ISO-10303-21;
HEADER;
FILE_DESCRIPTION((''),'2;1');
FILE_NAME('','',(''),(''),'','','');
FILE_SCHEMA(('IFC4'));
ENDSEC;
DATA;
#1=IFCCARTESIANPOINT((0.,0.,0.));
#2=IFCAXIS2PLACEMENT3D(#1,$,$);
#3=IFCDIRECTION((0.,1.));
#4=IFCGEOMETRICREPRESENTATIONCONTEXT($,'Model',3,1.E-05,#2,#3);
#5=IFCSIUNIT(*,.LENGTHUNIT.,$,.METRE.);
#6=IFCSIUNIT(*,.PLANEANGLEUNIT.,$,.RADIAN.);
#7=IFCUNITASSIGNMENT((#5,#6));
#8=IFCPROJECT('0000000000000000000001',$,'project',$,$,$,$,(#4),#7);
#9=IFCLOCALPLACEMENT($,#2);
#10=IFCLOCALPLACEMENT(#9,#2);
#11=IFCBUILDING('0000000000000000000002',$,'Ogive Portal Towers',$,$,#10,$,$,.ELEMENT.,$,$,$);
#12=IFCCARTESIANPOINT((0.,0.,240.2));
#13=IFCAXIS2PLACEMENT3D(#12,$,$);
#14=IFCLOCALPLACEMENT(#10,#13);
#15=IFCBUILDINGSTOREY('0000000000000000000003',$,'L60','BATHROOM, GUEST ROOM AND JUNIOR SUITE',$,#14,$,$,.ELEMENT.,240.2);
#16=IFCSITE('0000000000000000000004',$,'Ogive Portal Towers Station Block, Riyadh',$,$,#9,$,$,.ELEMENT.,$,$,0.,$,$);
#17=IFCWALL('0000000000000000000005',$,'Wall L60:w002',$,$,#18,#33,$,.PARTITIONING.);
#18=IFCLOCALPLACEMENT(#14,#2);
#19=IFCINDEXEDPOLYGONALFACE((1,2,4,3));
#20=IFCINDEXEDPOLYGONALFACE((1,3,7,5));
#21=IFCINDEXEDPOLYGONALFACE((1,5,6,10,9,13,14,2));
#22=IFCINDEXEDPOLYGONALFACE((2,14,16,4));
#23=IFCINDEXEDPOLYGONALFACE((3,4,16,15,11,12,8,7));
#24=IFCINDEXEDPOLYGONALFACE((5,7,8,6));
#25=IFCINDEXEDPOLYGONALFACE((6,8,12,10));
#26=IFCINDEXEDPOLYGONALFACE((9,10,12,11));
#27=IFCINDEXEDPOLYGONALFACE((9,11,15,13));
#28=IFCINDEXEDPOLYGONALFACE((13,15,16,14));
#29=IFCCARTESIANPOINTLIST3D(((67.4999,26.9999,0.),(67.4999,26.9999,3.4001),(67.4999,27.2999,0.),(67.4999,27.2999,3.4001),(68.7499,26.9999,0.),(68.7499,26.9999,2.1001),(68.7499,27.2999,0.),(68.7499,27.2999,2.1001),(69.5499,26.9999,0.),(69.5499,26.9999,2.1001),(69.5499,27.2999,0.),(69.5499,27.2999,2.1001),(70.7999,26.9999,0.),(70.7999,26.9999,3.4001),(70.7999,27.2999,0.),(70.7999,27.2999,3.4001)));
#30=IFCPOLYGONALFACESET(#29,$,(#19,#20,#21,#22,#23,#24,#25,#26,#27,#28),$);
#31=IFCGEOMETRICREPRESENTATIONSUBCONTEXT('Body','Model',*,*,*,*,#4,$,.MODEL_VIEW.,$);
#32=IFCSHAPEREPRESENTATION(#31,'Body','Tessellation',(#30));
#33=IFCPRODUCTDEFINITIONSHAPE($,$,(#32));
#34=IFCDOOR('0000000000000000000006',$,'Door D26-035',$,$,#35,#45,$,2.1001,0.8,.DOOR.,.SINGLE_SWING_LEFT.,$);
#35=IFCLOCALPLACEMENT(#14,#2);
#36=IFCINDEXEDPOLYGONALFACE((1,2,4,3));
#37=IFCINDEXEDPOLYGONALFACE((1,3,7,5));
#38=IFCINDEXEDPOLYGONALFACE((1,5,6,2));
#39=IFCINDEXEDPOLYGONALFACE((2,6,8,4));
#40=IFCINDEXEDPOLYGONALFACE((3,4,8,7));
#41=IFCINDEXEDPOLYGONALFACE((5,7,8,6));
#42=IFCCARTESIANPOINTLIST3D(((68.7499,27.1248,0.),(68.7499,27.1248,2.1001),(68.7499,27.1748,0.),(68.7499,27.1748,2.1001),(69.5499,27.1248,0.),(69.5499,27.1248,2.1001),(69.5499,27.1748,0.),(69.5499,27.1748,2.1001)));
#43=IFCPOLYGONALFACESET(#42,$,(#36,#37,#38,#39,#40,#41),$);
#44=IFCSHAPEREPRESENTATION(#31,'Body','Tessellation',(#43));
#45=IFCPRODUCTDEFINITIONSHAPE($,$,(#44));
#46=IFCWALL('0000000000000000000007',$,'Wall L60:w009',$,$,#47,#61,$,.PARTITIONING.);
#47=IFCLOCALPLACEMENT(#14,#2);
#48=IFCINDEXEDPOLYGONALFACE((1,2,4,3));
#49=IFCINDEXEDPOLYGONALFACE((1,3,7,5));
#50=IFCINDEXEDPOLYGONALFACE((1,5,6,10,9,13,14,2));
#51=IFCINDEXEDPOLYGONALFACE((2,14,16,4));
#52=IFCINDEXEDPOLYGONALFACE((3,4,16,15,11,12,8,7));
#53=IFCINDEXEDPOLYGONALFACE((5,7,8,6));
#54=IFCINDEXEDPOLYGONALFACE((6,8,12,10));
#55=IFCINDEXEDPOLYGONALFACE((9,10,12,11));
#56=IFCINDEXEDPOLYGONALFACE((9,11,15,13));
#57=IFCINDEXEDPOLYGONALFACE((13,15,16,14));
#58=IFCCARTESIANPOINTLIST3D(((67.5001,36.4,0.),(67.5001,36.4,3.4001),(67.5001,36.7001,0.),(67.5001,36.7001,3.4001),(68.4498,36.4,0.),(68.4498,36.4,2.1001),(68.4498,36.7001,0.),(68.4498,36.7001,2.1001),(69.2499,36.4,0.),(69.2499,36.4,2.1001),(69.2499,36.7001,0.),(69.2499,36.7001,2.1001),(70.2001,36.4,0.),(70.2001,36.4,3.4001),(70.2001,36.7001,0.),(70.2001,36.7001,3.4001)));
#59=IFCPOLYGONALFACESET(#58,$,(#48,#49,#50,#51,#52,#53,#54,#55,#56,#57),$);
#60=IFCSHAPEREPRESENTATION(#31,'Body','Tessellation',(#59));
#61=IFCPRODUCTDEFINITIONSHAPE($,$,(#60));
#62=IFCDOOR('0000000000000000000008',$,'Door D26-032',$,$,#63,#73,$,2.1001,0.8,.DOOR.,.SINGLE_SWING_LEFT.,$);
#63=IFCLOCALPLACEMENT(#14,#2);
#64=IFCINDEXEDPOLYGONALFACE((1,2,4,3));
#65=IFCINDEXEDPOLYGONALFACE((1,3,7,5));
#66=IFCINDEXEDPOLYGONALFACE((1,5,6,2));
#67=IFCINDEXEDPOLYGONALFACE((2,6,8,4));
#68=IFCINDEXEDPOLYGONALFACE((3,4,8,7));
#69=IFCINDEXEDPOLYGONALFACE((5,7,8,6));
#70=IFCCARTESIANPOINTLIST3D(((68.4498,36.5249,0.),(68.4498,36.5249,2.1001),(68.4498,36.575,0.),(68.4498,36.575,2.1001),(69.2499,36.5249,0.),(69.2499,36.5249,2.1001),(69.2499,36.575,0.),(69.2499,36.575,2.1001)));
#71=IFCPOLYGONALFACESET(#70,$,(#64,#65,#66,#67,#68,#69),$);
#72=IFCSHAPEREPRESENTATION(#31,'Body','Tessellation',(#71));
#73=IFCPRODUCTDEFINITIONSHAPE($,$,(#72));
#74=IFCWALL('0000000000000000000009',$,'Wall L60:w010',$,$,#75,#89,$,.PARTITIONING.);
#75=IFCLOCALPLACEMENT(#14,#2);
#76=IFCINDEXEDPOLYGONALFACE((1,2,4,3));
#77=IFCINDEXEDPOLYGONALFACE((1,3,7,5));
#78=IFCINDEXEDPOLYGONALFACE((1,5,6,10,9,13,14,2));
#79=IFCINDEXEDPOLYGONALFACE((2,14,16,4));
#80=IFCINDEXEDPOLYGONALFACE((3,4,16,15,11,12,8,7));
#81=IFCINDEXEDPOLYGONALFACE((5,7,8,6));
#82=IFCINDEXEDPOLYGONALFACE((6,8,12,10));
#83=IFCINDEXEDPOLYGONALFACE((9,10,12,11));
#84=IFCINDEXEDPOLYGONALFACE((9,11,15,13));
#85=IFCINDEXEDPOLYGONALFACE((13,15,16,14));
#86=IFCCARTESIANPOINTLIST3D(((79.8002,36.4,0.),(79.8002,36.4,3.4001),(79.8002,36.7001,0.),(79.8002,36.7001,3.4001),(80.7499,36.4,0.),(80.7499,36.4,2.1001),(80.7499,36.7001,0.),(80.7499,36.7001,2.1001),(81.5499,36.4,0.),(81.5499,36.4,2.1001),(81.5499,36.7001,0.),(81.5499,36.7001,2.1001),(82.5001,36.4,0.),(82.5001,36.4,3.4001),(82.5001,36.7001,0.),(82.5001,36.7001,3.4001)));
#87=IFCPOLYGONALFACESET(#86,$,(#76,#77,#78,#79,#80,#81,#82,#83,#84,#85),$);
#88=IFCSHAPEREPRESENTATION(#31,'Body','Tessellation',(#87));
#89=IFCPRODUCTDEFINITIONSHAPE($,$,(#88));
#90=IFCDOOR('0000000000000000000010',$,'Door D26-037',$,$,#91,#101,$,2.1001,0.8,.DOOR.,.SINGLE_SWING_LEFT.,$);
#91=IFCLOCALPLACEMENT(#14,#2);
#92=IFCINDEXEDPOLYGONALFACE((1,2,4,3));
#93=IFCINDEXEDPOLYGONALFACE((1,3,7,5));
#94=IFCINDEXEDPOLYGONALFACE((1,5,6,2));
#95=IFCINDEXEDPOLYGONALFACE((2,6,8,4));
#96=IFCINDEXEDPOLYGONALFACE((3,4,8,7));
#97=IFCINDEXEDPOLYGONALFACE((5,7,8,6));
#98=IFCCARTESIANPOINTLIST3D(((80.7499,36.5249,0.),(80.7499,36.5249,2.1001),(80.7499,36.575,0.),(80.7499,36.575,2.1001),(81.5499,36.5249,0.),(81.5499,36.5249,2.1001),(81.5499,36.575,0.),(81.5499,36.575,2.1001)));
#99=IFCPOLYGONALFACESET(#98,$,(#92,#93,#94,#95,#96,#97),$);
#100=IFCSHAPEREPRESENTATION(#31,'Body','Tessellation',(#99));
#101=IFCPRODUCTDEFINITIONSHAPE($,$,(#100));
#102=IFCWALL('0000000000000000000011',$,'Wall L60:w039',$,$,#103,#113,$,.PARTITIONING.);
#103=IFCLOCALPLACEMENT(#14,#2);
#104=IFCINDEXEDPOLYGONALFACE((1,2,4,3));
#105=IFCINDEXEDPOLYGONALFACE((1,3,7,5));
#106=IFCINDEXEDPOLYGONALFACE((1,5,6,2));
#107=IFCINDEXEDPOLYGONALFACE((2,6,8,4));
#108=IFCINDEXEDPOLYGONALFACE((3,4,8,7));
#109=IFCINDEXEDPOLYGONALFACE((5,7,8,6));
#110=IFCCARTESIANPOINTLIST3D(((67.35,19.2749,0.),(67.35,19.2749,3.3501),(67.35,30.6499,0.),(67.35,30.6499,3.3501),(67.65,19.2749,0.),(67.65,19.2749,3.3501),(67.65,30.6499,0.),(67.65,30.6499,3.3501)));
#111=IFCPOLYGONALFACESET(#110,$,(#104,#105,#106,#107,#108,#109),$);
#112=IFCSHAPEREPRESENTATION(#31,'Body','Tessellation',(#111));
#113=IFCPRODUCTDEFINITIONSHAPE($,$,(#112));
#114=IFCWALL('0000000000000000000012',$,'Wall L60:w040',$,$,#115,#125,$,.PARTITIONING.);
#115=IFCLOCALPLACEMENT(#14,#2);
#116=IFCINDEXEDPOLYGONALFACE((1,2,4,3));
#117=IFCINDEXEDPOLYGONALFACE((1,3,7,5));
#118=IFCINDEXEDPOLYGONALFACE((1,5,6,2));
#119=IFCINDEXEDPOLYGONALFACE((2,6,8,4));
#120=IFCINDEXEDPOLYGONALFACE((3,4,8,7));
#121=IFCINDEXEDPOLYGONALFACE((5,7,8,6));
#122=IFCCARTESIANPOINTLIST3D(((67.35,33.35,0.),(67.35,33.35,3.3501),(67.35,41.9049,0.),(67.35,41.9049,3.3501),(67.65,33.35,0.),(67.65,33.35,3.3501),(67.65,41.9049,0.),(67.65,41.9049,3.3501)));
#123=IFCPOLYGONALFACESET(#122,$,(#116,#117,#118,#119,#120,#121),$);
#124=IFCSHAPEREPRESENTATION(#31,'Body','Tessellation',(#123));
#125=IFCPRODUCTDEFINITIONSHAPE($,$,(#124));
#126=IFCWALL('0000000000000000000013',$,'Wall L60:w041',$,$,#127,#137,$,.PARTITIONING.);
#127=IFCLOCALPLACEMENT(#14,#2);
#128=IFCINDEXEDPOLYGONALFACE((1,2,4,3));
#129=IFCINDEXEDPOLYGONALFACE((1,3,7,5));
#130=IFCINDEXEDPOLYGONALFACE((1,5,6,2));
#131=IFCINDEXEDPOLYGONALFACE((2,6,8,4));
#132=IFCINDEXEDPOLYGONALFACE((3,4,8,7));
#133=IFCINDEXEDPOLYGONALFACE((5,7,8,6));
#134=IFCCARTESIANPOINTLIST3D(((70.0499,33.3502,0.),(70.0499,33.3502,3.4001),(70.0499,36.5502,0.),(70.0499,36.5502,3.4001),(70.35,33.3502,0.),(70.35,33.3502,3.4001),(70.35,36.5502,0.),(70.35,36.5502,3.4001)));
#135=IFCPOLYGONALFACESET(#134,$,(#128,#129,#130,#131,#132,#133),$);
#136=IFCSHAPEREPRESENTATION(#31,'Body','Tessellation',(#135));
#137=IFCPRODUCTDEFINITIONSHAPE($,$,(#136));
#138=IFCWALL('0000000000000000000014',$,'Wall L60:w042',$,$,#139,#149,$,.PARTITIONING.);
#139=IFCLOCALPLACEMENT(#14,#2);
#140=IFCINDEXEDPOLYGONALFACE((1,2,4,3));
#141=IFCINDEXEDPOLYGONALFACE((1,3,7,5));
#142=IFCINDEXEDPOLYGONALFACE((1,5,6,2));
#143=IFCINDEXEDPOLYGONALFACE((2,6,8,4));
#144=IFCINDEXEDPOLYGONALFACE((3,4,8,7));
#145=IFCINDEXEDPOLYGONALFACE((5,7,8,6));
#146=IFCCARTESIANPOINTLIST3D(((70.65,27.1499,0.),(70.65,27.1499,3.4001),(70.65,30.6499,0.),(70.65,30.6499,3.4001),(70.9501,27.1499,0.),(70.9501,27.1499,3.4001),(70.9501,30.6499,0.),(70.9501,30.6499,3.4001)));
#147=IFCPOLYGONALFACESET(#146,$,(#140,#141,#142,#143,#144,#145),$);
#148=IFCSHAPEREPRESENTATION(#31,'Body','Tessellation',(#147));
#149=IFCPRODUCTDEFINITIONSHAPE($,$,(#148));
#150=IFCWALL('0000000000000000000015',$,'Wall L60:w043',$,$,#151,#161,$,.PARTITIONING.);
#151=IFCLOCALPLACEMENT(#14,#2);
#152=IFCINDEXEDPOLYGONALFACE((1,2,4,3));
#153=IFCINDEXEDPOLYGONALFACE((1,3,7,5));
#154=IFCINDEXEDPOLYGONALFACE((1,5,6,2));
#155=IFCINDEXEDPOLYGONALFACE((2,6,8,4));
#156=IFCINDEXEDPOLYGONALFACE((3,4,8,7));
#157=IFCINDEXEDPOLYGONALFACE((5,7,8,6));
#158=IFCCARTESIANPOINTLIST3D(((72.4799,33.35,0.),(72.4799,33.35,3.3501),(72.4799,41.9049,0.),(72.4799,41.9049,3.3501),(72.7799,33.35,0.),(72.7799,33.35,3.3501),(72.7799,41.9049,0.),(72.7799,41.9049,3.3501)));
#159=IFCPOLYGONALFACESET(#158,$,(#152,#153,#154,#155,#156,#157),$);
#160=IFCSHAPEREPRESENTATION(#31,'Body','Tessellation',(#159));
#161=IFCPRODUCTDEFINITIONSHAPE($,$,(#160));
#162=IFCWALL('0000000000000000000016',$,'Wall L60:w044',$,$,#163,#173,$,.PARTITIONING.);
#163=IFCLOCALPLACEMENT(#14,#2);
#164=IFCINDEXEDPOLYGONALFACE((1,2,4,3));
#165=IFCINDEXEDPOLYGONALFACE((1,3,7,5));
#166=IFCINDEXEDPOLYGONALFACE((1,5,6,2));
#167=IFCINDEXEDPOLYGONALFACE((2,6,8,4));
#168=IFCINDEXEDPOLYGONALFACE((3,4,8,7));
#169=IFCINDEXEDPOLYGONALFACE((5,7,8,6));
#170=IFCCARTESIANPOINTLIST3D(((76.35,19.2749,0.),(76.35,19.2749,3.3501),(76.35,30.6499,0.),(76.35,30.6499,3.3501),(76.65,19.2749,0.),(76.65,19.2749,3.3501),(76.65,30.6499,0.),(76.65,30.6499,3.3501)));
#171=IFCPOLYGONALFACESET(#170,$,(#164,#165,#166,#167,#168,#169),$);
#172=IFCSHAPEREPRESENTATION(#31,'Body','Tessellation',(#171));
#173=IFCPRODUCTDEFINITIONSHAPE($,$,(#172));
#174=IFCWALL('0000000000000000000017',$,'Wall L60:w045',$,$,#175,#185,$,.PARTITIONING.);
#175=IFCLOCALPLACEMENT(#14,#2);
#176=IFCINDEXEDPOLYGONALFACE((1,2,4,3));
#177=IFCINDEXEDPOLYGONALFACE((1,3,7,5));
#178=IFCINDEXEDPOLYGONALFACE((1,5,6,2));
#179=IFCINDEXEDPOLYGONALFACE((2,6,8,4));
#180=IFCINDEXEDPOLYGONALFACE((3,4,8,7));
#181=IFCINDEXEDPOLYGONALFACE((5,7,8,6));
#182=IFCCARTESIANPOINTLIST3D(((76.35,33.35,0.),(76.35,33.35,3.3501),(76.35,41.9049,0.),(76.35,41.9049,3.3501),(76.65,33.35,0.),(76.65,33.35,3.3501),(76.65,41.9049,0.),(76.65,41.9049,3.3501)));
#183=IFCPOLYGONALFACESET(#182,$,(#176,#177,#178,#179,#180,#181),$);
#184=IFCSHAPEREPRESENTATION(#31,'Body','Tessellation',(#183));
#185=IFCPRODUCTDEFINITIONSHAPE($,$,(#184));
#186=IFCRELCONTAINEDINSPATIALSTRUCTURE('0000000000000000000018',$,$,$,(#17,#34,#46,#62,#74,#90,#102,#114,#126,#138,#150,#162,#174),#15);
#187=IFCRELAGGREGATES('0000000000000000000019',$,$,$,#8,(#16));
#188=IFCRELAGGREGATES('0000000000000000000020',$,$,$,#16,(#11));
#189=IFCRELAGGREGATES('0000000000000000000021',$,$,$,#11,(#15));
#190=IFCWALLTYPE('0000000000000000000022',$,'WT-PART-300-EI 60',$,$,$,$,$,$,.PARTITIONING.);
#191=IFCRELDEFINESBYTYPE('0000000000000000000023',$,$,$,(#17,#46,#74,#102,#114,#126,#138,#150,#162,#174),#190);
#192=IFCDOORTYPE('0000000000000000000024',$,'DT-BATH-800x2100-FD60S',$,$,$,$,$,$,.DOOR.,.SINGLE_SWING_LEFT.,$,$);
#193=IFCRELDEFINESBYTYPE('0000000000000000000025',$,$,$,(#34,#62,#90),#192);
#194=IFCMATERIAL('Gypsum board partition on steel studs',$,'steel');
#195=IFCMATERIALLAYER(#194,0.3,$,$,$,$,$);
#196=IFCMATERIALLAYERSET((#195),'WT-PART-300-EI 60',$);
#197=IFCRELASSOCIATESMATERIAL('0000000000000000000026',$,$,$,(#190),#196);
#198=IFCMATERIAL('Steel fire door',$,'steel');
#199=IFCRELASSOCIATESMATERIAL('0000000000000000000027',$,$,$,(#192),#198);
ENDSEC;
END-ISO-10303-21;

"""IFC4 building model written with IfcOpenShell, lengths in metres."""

from ifc_helpers import new_model, si_unit, direction, frame, frame_2d, origin, place, context, subcontext, project, spatial, rectangle, extrude, material, layer, layer_set, type_object, element, fill, save


model = new_model("IFC4")

# Units and contexts
model_context = context("Model", 3, precision=1e-05, world=origin(), true_north=direction((0.0, 1.0)))
body_context = subcontext(model_context, "Body", "Model", "MODEL_VIEW")
ifc_project = project(units=[si_unit("LENGTHUNIT", "METRE"), si_unit("PLANEANGLEUNIT", "RADIAN")], contexts=[model_context])

# Site, building, storey
site_placement = place(None, origin())
site = spatial("IfcSite", under=ifc_project, at=site_placement, Name="Ogive Portal Towers Station Block, Riyadh", CompositionType="ELEMENT", RefElevation=0.0)
building_placement = place(site_placement, origin())
building = spatial("IfcBuilding", under=site, at=building_placement, Name="Ogive Portal Towers", CompositionType="ELEMENT")
storey_placement = place(building_placement, frame((0.0, 0.0, 240.2)))
storey = spatial("IfcBuildingStorey", under=building, at=storey_placement, Name="L60", Description="BATHROOM, GUEST ROOM AND JUNIOR SUITE", CompositionType="ELEMENT", Elevation=240.2)

# Walls, openings, doors
ifc_material_1 = material(Name="Gypsum board partition on steel studs", Category="steel")
ifc_layer_1 = layer(ifc_material_1, 0.3)
ifc_layer_set_1 = layer_set([ifc_layer_1], Name="WT-PART-300-EI 60")
wall_type = type_object("IfcWallType", Name="WT-PART-300-EI 60", PredefinedType="PARTITIONING", material=ifc_layer_set_1)
wall_1_placement = place(storey_placement, frame((67.5, 27.1499, 0.0), z_axis=(0.0, 0.0, 1.0), x_axis=(1.0, 0.0, 0.0)))
wall_1 = element("IfcWall", 1, at=wall_1_placement, inside=storey, type_object=wall_type, Name="Wall L60:w002", PredefinedType="PARTITIONING", context=body_context, shape_type="SweptSolid", body=[
    extrude(rectangle(XDim=3.3, YDim=0.3, at=frame_2d((1.6499, 0.0))), origin(), (0.0, 0.0, 1.0), 3.4001),
])
opening_1_placement = place(wall_1_placement, frame((1.25, 0.0, 0.0)))
opening_1 = element("IfcOpeningElement", 2, at=opening_1_placement, cuts=wall_1, PredefinedType="OPENING", context=body_context, shape_type="SweptSolid", body=[
    extrude(rectangle(XDim=0.8, YDim=2.1001, at=frame_2d((0.3999, 1.05))), frame((0.0, 0.1602, 0.0), z_axis=(0.0, -1.0, 0.0), x_axis=(1.0, 0.0, 0.0)), (0.0, 0.0, 1.0), 0.3201),
])
ifc_material_2 = material(Name="Steel fire door", Category="steel")
door_type = type_object("IfcDoorType", Name="DT-BATH-800x2100-FD60S", OperationType="SINGLE_SWING_LEFT", PredefinedType="DOOR", material=ifc_material_2)
door_1_placement = place(opening_1_placement, origin())
door_1 = element("IfcDoor", 3, at=door_1_placement, inside=storey, type_object=door_type, Name="Door D26-035", OperationType="SINGLE_SWING_LEFT", OverallHeight=2.1001, OverallWidth=0.8, PredefinedType="DOOR", context=body_context, shape_type="SweptSolid", body=[
    extrude(rectangle(XDim=0.8, YDim=2.1001, at=frame_2d((0.3999, 1.05))), frame((0.0, 0.0249, 0.0), z_axis=(0.0, -1.0, 0.0), x_axis=(1.0, 0.0, 0.0)), (0.0, 0.0, 1.0), 0.05),
])
fill(opening_1, door_1)
wall_2_placement = place(storey_placement, frame((67.5, 36.55, 0.0), z_axis=(0.0, 0.0, 1.0), x_axis=(1.0, 0.0, 0.0)))
wall_2 = element("IfcWall", 4, at=wall_2_placement, inside=storey, type_object=wall_type, Name="Wall L60:w009", PredefinedType="PARTITIONING", context=body_context, shape_type="SweptSolid", body=[
    extrude(rectangle(XDim=2.7, YDim=0.3, at=frame_2d((1.3501, 0.0))), origin(), (0.0, 0.0, 1.0), 3.4001),
])
opening_2_placement = place(wall_2_placement, frame((0.95, 0.0, 0.0)))
opening_2 = element("IfcOpeningElement", 5, at=opening_2_placement, cuts=wall_2, PredefinedType="OPENING", context=body_context, shape_type="SweptSolid", body=[
    extrude(rectangle(XDim=0.8, YDim=2.1001, at=frame_2d((0.3999, 1.05))), frame((0.0, 0.1602, 0.0), z_axis=(0.0, -1.0, 0.0), x_axis=(1.0, 0.0, 0.0)), (0.0, 0.0, 1.0), 0.3201),
])
door_2_placement = place(opening_2_placement, origin())
door_2 = element("IfcDoor", 6, at=door_2_placement, inside=storey, type_object=door_type, Name="Door D26-032", OperationType="SINGLE_SWING_LEFT", OverallHeight=2.1001, OverallWidth=0.8, PredefinedType="DOOR", context=body_context, shape_type="SweptSolid", body=[
    extrude(rectangle(XDim=0.8, YDim=2.1001, at=frame_2d((0.3999, 1.05))), frame((0.0, 0.0249, 0.0), z_axis=(0.0, -1.0, 0.0), x_axis=(1.0, 0.0, 0.0)), (0.0, 0.0, 1.0), 0.05),
])
fill(opening_2, door_2)
wall_3_placement = place(storey_placement, frame((79.8, 36.55, 0.0), z_axis=(0.0, 0.0, 1.0), x_axis=(1.0, 0.0, 0.0)))
wall_3 = element("IfcWall", 7, at=wall_3_placement, inside=storey, type_object=wall_type, Name="Wall L60:w010", PredefinedType="PARTITIONING", context=body_context, shape_type="SweptSolid", body=[
    extrude(rectangle(XDim=2.7, YDim=0.3, at=frame_2d((1.3501, 0.0))), origin(), (0.0, 0.0, 1.0), 3.4001),
])
opening_3_placement = place(wall_3_placement, frame((0.95, 0.0, 0.0)))
opening_3 = element("IfcOpeningElement", 8, at=opening_3_placement, cuts=wall_3, PredefinedType="OPENING", context=body_context, shape_type="SweptSolid", body=[
    extrude(rectangle(XDim=0.8, YDim=2.1001, at=frame_2d((0.3999, 1.05))), frame((0.0, 0.1602, 0.0), z_axis=(0.0, -1.0, 0.0), x_axis=(1.0, 0.0, 0.0)), (0.0, 0.0, 1.0), 0.3201),
])
door_3_placement = place(opening_3_placement, origin())
door_3 = element("IfcDoor", 9, at=door_3_placement, inside=storey, type_object=door_type, Name="Door D26-037", OperationType="SINGLE_SWING_LEFT", OverallHeight=2.1001, OverallWidth=0.8, PredefinedType="DOOR", context=body_context, shape_type="SweptSolid", body=[
    extrude(rectangle(XDim=0.8, YDim=2.1001, at=frame_2d((0.3999, 1.05))), frame((0.0, 0.0249, 0.0), z_axis=(0.0, -1.0, 0.0), x_axis=(1.0, 0.0, 0.0)), (0.0, 0.0, 1.0), 0.05),
])
fill(opening_3, door_3)

# Walls
wall_4_placement = place(storey_placement, frame((67.5, 19.2749, 0.0), z_axis=(0.0, 0.0, 1.0), x_axis=(0.0, 1.0, 0.0)))
element("IfcWall", 10, at=wall_4_placement, inside=storey, type_object=wall_type, Name="Wall L60:w039", PredefinedType="PARTITIONING", context=body_context, shape_type="SweptSolid", body=[
    extrude(rectangle(XDim=11.375, YDim=0.3, at=frame_2d((5.6875, 0.0))), origin(), (0.0, 0.0, 1.0), 3.3501),
])
wall_5_placement = place(storey_placement, frame((67.5, 33.3501, 0.0), z_axis=(0.0, 0.0, 1.0), x_axis=(0.0, 1.0, 0.0)))
element("IfcWall", 11, at=wall_5_placement, inside=storey, type_object=wall_type, Name="Wall L60:w040", PredefinedType="PARTITIONING", context=body_context, shape_type="SweptSolid", body=[
    extrude(rectangle(XDim=8.5549, YDim=0.3, at=frame_2d((4.2773, 0.0))), origin(), (0.0, 0.0, 1.0), 3.3501),
])
wall_6_placement = place(storey_placement, frame((70.2, 33.3501, 0.0), z_axis=(0.0, 0.0, 1.0), x_axis=(0.0, 1.0, 0.0)))
element("IfcWall", 12, at=wall_6_placement, inside=storey, type_object=wall_type, Name="Wall L60:w041", PredefinedType="PARTITIONING", context=body_context, shape_type="SweptSolid", body=[
    extrude(rectangle(XDim=3.2, YDim=0.3, at=frame_2d((1.6001, 0.0))), origin(), (0.0, 0.0, 1.0), 3.4001),
])
wall_7_placement = place(storey_placement, frame((70.8, 27.1499, 0.0), z_axis=(0.0, 0.0, 1.0), x_axis=(0.0, 1.0, 0.0)))
element("IfcWall", 13, at=wall_7_placement, inside=storey, type_object=wall_type, Name="Wall L60:w042", PredefinedType="PARTITIONING", context=body_context, shape_type="SweptSolid", body=[
    extrude(rectangle(XDim=3.5, YDim=0.3, at=frame_2d((1.75, 0.0))), origin(), (0.0, 0.0, 1.0), 3.4001),
])
wall_8_placement = place(storey_placement, frame((72.6299, 33.3501, 0.0), z_axis=(0.0, 0.0, 1.0), x_axis=(0.0, 1.0, 0.0)))
element("IfcWall", 14, at=wall_8_placement, inside=storey, type_object=wall_type, Name="Wall L60:w043", PredefinedType="PARTITIONING", context=body_context, shape_type="SweptSolid", body=[
    extrude(rectangle(XDim=8.5549, YDim=0.3, at=frame_2d((4.2773, 0.0))), origin(), (0.0, 0.0, 1.0), 3.3501),
])
wall_9_placement = place(storey_placement, frame((76.5, 19.2749, 0.0), z_axis=(0.0, 0.0, 1.0), x_axis=(0.0, 1.0, 0.0)))
element("IfcWall", 15, at=wall_9_placement, inside=storey, type_object=wall_type, Name="Wall L60:w044", PredefinedType="PARTITIONING", context=body_context, shape_type="SweptSolid", body=[
    extrude(rectangle(XDim=11.375, YDim=0.3, at=frame_2d((5.6875, 0.0))), origin(), (0.0, 0.0, 1.0), 3.3501),
])
wall_10_placement = place(storey_placement, frame((76.5, 33.3501, 0.0), z_axis=(0.0, 0.0, 1.0), x_axis=(0.0, 1.0, 0.0)))
element("IfcWall", 16, at=wall_10_placement, inside=storey, type_object=wall_type, Name="Wall L60:w045", PredefinedType="PARTITIONING", context=body_context, shape_type="SweptSolid", body=[
    extrude(rectangle(XDim=8.5549, YDim=0.3, at=frame_2d((4.2773, 0.0))), origin(), (0.0, 0.0, 1.0), 3.3501),
])

save(model, "model.ifc")
